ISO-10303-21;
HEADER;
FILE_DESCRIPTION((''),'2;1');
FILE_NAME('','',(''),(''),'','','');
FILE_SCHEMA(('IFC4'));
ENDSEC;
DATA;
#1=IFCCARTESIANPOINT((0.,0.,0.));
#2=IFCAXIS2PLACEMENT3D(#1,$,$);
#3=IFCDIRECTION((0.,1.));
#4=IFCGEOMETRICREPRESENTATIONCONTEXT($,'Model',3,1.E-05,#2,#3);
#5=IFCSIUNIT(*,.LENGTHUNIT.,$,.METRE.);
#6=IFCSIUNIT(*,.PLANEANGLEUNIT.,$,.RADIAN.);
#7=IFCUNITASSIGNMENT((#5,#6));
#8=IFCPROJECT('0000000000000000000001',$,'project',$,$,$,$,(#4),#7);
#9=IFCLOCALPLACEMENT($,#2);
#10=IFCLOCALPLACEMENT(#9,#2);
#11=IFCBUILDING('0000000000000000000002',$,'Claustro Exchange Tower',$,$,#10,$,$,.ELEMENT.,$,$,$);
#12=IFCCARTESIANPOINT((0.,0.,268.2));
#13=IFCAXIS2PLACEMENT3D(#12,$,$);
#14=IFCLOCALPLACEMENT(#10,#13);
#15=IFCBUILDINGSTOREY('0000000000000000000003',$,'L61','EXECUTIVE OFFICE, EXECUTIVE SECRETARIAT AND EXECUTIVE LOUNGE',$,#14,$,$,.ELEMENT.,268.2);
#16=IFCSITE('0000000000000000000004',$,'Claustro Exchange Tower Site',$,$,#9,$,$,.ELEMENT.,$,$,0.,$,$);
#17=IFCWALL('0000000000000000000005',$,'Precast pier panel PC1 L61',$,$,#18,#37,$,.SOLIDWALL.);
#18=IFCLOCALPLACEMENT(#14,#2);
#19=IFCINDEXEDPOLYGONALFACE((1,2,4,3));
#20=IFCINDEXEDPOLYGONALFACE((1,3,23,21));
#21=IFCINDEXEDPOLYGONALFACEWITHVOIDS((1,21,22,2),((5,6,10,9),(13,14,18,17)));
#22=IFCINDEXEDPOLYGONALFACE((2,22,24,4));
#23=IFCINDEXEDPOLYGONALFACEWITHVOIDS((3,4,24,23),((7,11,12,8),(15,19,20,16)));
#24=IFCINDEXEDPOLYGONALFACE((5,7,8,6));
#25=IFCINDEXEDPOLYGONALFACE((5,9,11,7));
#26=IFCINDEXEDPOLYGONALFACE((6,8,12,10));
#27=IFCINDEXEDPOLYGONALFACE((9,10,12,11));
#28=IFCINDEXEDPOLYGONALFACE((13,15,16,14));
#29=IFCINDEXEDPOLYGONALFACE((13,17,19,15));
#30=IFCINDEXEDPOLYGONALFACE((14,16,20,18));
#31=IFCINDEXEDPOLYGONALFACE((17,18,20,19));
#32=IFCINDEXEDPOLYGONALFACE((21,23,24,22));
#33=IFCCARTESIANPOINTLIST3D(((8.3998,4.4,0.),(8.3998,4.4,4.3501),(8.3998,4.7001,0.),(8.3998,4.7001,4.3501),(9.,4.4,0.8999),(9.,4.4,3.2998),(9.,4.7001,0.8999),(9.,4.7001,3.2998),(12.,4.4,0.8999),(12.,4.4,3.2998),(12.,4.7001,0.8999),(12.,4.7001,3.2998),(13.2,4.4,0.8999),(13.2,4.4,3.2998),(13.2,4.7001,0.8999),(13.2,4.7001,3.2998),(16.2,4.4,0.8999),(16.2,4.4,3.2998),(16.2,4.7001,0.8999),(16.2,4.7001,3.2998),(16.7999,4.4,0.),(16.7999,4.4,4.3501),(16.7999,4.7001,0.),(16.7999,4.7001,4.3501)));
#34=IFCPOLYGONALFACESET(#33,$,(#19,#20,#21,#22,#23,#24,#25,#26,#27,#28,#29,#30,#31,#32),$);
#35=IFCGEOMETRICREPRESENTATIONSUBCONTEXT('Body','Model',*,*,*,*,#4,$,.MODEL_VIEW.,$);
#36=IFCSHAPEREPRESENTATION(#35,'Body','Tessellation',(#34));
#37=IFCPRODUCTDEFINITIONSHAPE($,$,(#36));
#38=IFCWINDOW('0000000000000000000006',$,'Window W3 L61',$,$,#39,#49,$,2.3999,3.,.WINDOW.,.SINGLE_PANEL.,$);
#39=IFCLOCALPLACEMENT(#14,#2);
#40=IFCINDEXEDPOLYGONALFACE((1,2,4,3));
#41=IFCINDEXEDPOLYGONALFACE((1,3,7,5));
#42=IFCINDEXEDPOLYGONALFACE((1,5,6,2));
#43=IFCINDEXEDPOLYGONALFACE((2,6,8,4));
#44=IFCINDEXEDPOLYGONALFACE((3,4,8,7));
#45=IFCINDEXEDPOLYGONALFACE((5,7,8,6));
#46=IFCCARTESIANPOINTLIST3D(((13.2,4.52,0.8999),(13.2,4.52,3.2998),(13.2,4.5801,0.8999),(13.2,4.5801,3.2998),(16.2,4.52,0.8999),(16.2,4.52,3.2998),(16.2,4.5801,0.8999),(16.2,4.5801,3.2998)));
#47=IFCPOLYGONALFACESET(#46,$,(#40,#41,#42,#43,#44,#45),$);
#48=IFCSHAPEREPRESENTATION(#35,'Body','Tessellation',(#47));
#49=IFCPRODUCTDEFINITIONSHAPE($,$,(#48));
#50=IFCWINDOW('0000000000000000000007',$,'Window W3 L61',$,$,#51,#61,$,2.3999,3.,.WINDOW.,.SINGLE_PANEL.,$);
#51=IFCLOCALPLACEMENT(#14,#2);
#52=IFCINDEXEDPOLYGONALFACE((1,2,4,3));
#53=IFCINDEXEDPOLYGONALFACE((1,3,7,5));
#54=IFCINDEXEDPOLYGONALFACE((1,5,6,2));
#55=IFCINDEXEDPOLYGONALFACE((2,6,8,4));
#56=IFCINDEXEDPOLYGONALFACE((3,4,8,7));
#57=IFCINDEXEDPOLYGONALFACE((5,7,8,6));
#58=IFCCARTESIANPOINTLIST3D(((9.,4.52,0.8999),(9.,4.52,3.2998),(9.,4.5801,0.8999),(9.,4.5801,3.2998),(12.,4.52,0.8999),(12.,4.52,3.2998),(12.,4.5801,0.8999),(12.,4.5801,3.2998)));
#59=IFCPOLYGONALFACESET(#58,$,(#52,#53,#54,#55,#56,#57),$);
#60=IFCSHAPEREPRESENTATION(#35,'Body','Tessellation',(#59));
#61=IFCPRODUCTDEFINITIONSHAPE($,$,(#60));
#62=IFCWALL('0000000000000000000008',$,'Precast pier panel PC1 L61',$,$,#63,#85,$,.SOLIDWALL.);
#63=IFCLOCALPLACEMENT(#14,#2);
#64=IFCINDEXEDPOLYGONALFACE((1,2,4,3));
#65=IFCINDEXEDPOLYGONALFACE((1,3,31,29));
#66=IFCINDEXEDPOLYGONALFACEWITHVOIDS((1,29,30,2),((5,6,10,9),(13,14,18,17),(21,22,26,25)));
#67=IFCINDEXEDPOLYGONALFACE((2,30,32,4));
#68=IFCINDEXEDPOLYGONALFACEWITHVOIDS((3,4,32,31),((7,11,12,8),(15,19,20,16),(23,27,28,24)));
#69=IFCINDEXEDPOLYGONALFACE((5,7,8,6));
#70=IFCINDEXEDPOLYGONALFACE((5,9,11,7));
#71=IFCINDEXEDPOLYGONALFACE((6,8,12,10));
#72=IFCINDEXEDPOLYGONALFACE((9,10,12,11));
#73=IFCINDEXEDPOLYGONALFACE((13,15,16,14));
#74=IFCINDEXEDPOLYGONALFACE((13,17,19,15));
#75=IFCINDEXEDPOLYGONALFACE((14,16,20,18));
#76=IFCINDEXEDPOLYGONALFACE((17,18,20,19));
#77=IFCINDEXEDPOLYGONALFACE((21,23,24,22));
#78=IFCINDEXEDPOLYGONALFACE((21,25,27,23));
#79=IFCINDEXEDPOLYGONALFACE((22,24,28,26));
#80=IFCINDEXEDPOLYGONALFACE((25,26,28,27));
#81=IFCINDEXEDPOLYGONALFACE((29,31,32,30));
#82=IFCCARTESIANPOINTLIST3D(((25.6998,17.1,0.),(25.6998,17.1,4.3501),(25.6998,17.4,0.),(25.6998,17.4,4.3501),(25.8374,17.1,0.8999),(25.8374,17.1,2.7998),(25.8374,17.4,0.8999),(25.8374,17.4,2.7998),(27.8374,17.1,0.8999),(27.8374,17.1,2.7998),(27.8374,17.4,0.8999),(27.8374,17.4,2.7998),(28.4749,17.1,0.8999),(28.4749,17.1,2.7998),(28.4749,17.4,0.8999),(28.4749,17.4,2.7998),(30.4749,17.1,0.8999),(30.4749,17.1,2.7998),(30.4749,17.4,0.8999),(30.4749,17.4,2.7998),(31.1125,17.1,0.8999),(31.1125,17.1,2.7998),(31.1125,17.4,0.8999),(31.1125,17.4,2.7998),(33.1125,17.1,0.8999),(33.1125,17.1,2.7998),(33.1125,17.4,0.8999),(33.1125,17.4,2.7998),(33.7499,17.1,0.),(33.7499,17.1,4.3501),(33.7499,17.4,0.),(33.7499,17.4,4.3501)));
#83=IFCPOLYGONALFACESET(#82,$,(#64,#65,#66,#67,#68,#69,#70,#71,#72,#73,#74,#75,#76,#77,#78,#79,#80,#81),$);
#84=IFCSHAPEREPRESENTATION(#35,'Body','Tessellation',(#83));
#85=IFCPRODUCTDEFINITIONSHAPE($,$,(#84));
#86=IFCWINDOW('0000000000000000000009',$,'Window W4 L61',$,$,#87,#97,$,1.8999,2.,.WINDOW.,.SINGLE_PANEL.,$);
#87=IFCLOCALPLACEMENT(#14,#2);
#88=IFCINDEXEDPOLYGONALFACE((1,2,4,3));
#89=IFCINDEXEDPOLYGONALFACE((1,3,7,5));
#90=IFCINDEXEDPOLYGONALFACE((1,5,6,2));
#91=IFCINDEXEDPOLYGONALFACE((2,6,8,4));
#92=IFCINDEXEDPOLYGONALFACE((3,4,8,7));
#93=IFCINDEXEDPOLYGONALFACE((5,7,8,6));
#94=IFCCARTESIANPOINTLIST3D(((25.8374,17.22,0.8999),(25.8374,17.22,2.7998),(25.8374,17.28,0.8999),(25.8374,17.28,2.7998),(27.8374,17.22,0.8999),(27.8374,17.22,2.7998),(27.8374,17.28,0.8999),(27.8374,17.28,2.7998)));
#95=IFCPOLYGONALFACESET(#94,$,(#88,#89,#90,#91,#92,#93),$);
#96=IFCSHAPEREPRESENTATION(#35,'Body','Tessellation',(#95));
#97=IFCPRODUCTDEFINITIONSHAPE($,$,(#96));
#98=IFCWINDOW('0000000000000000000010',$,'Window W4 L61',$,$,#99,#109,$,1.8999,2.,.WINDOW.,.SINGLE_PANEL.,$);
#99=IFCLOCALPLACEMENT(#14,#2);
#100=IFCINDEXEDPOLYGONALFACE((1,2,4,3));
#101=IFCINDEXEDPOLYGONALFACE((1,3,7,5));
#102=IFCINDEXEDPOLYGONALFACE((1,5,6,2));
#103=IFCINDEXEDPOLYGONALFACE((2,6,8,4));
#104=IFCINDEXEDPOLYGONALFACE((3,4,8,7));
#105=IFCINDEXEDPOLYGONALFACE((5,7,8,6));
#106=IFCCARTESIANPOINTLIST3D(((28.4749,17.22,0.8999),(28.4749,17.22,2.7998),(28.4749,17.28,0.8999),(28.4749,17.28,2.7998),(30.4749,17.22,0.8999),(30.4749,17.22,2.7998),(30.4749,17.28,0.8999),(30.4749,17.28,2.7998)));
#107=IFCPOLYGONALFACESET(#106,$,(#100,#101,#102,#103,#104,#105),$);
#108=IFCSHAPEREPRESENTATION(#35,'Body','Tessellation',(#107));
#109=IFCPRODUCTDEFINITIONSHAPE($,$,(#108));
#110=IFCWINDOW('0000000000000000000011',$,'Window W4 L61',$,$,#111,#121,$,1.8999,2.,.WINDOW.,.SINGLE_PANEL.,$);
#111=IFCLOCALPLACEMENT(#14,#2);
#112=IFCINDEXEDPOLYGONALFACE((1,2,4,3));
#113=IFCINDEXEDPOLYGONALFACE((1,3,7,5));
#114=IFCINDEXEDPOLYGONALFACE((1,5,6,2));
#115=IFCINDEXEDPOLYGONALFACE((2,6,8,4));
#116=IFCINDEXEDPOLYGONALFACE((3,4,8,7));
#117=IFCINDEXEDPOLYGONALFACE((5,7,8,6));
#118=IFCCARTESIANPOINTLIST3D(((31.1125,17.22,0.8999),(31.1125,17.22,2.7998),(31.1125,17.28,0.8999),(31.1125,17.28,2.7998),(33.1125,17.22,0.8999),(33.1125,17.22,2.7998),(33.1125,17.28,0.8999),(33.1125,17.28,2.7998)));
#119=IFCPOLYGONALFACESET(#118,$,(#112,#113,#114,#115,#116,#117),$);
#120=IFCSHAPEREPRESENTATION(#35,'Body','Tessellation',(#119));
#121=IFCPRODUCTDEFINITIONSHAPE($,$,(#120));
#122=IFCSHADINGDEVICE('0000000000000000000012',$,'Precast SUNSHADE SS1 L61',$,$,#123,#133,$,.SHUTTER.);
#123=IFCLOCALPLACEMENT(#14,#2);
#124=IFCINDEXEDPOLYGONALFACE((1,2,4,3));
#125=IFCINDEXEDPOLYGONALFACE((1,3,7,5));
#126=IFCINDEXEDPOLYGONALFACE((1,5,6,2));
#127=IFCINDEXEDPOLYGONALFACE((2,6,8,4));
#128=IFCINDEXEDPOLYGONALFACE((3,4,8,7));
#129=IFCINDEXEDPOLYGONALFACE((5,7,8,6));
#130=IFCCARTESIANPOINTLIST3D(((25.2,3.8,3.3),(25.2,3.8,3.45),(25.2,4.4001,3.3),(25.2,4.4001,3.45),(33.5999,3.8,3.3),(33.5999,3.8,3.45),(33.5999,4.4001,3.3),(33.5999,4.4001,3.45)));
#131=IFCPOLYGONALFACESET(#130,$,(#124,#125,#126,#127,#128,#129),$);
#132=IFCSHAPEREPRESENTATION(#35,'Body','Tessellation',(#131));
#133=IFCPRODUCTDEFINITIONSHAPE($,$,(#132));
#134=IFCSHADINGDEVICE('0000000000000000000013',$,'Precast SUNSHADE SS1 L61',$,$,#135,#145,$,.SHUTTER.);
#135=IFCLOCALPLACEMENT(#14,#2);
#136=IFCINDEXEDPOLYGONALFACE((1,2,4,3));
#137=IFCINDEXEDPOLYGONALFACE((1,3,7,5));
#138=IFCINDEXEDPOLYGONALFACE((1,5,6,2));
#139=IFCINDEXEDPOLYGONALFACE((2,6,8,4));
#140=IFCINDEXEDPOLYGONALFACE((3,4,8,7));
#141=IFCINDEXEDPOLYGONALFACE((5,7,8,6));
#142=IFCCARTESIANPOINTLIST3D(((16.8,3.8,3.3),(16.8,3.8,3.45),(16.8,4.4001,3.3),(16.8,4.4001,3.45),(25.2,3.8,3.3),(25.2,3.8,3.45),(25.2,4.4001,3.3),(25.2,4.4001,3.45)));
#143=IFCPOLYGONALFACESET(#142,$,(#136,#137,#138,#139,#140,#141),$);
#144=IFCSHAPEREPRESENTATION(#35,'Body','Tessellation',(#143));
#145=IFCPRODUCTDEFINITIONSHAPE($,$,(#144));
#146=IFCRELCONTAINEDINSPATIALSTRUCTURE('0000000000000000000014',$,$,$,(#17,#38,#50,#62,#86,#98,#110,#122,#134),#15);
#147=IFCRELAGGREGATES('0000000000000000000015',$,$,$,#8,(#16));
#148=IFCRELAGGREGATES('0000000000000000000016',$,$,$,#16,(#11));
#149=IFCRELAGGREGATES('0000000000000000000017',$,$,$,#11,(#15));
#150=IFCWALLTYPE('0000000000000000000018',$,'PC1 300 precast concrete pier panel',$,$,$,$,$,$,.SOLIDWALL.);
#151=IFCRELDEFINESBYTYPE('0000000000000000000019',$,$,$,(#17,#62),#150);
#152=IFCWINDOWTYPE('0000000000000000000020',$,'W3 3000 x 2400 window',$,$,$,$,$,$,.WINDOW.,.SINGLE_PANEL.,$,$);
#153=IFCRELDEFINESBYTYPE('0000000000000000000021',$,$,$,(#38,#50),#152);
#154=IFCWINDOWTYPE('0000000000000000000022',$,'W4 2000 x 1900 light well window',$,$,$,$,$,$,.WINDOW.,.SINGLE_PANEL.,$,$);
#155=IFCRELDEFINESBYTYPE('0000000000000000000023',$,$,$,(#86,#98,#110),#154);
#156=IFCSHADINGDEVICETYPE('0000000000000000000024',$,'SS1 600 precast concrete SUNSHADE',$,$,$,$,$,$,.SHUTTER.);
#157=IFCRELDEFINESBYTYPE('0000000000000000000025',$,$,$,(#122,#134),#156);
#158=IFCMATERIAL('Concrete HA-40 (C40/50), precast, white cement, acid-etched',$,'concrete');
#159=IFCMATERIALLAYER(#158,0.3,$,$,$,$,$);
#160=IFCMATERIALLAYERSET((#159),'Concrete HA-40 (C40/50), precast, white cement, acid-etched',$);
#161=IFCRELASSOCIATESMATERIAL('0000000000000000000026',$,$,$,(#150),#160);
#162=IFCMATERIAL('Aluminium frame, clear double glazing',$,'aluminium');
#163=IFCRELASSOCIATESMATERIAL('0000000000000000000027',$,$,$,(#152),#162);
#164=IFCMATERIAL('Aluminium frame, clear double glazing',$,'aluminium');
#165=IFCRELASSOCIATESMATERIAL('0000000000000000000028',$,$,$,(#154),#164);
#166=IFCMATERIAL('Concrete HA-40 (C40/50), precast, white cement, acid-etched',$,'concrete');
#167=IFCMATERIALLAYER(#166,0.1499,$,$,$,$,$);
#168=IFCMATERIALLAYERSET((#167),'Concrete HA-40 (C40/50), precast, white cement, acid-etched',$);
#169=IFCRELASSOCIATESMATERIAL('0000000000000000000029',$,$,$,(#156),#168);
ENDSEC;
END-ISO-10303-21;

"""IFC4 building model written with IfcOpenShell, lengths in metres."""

from ifc_helpers import new_model, si_unit, direction, frame, frame_2d, origin, origin_2d, place, context, subcontext, project, spatial, rectangle, extrude, material, layer, layer_set, type_object, element, fill, save


model = new_model("IFC4")

# Units and contexts
model_context = context("Model", 3, precision=1e-05, world=origin(), true_north=direction((0.0, 1.0)))
body_context = subcontext(model_context, "Body", "Model", "MODEL_VIEW")
ifc_project = project(units=[si_unit("LENGTHUNIT", "METRE"), si_unit("PLANEANGLEUNIT", "RADIAN")], contexts=[model_context])

# Site, building, storey
site_placement = place(None, origin())
site = spatial("IfcSite", under=ifc_project, at=site_placement, Name="Claustro Exchange Tower Site", CompositionType="ELEMENT", RefElevation=0.0)
building_placement = place(site_placement, origin())
building = spatial("IfcBuilding", under=site, at=building_placement, Name="Claustro Exchange Tower", CompositionType="ELEMENT")
storey_placement = place(building_placement, frame((0.0, 0.0, 268.2)))
storey = spatial("IfcBuildingStorey", under=building, at=storey_placement, Name="L61", Description="EXECUTIVE OFFICE, EXECUTIVE SECRETARIAT AND EXECUTIVE LOUNGE", CompositionType="ELEMENT", Elevation=268.2)

# Walls, openings, windows
ifc_material_1 = material(Name="Concrete HA-40 (C40/50), precast, white cement, acid-etched", Category="concrete")
ifc_layer_1 = layer(ifc_material_1, 0.3)
ifc_layer_set_1 = layer_set([ifc_layer_1], Name="Concrete HA-40 (C40/50), precast, white cement, acid-etched")
wall_type_1 = type_object("IfcWallType", Name="PC1 300 precast concrete pier panel", PredefinedType="SOLIDWALL", material=ifc_layer_set_1)
ifc_material_2 = material(Name="Aluminium frame, clear double glazing", Category="aluminium")
window_type_1 = type_object("IfcWindowType", Name="W3 3000 x 2400 window", PartitioningType="SINGLE_PANEL", PredefinedType="WINDOW", material=ifc_material_2)
wall_1_placement = place(storey_placement, frame((16.8, 4.55, 0.0), z_axis=(0.0, 0.0, 1.0), x_axis=(-1.0, 0.0, 0.0)))
wall_1 = element("IfcWall", 1, at=wall_1_placement, inside=storey, type_object=wall_type_1, Name="Precast pier panel PC1 L61", PredefinedType="SOLIDWALL", context=body_context, shape_type="SweptSolid", body=[
    extrude(rectangle(XDim=8.4001, YDim=0.3, at=frame_2d((4.2002, 0.0))), origin(), (0.0, 0.0, 1.0), 4.3501),
])
opening_1_placement = place(wall_1_placement, frame((0.6001, 0.0, 0.8999)))
opening_1 = element("IfcOpeningElement", 2, at=opening_1_placement, cuts=wall_1, PredefinedType="OPENING", context=body_context, shape_type="SweptSolid", body=[
    extrude(rectangle(XDim=3.0, YDim=2.3999, at=frame_2d((1.5, 1.2))), frame((0.0, 0.1599, 0.0), z_axis=(0.0, -1.0, 0.0), x_axis=(1.0, 0.0, 0.0)), (0.0, 0.0, 1.0), 0.3201),
])
opening_2_placement = place(wall_1_placement, frame((4.8, 0.0, 0.8999)))
opening_2 = element("IfcOpeningElement", 3, at=opening_2_placement, cuts=wall_1, PredefinedType="OPENING", context=body_context, shape_type="SweptSolid", body=[
    extrude(rectangle(XDim=3.0, YDim=2.3999, at=frame_2d((1.5, 1.2))), frame((0.0, 0.1599, 0.0), z_axis=(0.0, -1.0, 0.0), x_axis=(1.0, 0.0, 0.0)), (0.0, 0.0, 1.0), 0.3201),
])
window_1_placement = place(opening_1_placement, origin())
window_1 = element("IfcWindow", 4, at=window_1_placement, inside=storey, type_object=window_type_1, Name="Window W3 L61", OverallHeight=2.3999, OverallWidth=3.0, PartitioningType="SINGLE_PANEL", PredefinedType="WINDOW", context=body_context, shape_type="SweptSolid", body=[
    extrude(rectangle(XDim=3.0, YDim=2.3999, at=frame_2d((1.5, 1.2))), frame((0.0, 0.03, 0.0), z_axis=(0.0, -1.0, 0.0), x_axis=(1.0, 0.0, 0.0)), (0.0, 0.0, 1.0), 0.0601),
])
fill(opening_1, window_1)
window_2_placement = place(opening_2_placement, origin())
window_2 = element("IfcWindow", 5, at=window_2_placement, inside=storey, type_object=window_type_1, Name="Window W3 L61", OverallHeight=2.3999, OverallWidth=3.0, PartitioningType="SINGLE_PANEL", PredefinedType="WINDOW", context=body_context, shape_type="SweptSolid", body=[
    extrude(rectangle(XDim=3.0, YDim=2.3999, at=frame_2d((1.5, 1.2))), frame((0.0, 0.03, 0.0), z_axis=(0.0, -1.0, 0.0), x_axis=(1.0, 0.0, 0.0)), (0.0, 0.0, 1.0), 0.0601),
])
fill(opening_2, window_2)
wall_2_placement = place(storey_placement, frame((25.7, 17.25, 0.0), z_axis=(0.0, 0.0, 1.0), x_axis=(1.0, 0.0, 0.0)))
wall_2 = element("IfcWall", 6, at=wall_2_placement, inside=storey, type_object=wall_type_1, Name="Precast pier panel PC1 L61", PredefinedType="SOLIDWALL", context=body_context, shape_type="SweptSolid", body=[
    extrude(rectangle(XDim=8.05, YDim=0.3, at=frame_2d((4.0249, 0.0))), origin(), (0.0, 0.0, 1.0), 4.3501),
])
opening_3_placement = place(wall_2_placement, frame((0.1375, 0.0, 0.8999)))
opening_3 = element("IfcOpeningElement", 7, at=opening_3_placement, cuts=wall_2, PredefinedType="OPENING", context=body_context, shape_type="SweptSolid", body=[
    extrude(rectangle(XDim=2.0, YDim=1.8999, at=frame_2d((1.0, 0.95))), frame((0.0, 0.1599, 0.0), z_axis=(0.0, -1.0, 0.0), x_axis=(1.0, 0.0, 0.0)), (0.0, 0.0, 1.0), 0.3201),
])
opening_4_placement = place(wall_2_placement, frame((2.7749, 0.0, 0.8999)))
opening_4 = element("IfcOpeningElement", 8, at=opening_4_placement, cuts=wall_2, PredefinedType="OPENING", context=body_context, shape_type="SweptSolid", body=[
    extrude(rectangle(XDim=2.0, YDim=1.8999, at=frame_2d((1.0, 0.95))), frame((0.0, 0.1599, 0.0), z_axis=(0.0, -1.0, 0.0), x_axis=(1.0, 0.0, 0.0)), (0.0, 0.0, 1.0), 0.3201),
])
opening_5_placement = place(wall_2_placement, frame((5.4126, 0.0, 0.8999)))
opening_5 = element("IfcOpeningElement", 9, at=opening_5_placement, cuts=wall_2, PredefinedType="OPENING", context=body_context, shape_type="SweptSolid", body=[
    extrude(rectangle(XDim=2.0, YDim=1.8999, at=frame_2d((1.0, 0.95))), frame((0.0, 0.1599, 0.0), z_axis=(0.0, -1.0, 0.0), x_axis=(1.0, 0.0, 0.0)), (0.0, 0.0, 1.0), 0.3201),
])
ifc_material_3 = material(Name="Aluminium frame, clear double glazing", Category="aluminium")
window_type_2 = type_object("IfcWindowType", Name="W4 2000 x 1900 light well window", PartitioningType="SINGLE_PANEL", PredefinedType="WINDOW", material=ifc_material_3)
window_3_placement = place(opening_3_placement, origin())
window_3 = element("IfcWindow", 10, at=window_3_placement, inside=storey, type_object=window_type_2, Name="Window W4 L61", OverallHeight=1.8999, OverallWidth=2.0, PartitioningType="SINGLE_PANEL", PredefinedType="WINDOW", context=body_context, shape_type="SweptSolid", body=[
    extrude(rectangle(XDim=2.0, YDim=1.8999, at=frame_2d((1.0, 0.95))), frame((0.0, 0.03, 0.0), z_axis=(0.0, -1.0, 0.0), x_axis=(1.0, 0.0, 0.0)), (0.0, 0.0, 1.0), 0.0601),
])
fill(opening_3, window_3)
window_4_placement = place(opening_4_placement, origin())
window_4 = element("IfcWindow", 11, at=window_4_placement, inside=storey, type_object=window_type_2, Name="Window W4 L61", OverallHeight=1.8999, OverallWidth=2.0, PartitioningType="SINGLE_PANEL", PredefinedType="WINDOW", context=body_context, shape_type="SweptSolid", body=[
    extrude(rectangle(XDim=2.0, YDim=1.8999, at=frame_2d((1.0, 0.95))), frame((0.0, 0.03, 0.0), z_axis=(0.0, -1.0, 0.0), x_axis=(1.0, 0.0, 0.0)), (0.0, 0.0, 1.0), 0.0601),
])
fill(opening_4, window_4)
window_5_placement = place(opening_5_placement, origin())
window_5 = element("IfcWindow", 12, at=window_5_placement, inside=storey, type_object=window_type_2, Name="Window W4 L61", OverallHeight=1.8999, OverallWidth=2.0, PartitioningType="SINGLE_PANEL", PredefinedType="WINDOW", context=body_context, shape_type="SweptSolid", body=[
    extrude(rectangle(XDim=2.0, YDim=1.8999, at=frame_2d((1.0, 0.95))), frame((0.0, 0.03, 0.0), z_axis=(0.0, -1.0, 0.0), x_axis=(1.0, 0.0, 0.0)), (0.0, 0.0, 1.0), 0.0601),
])
fill(opening_5, window_5)

# Shading devices
ifc_material_4 = material(Name="Concrete HA-40 (C40/50), precast, white cement, acid-etched", Category="concrete")
ifc_layer_2 = layer(ifc_material_4, 0.1499)
ifc_layer_set_2 = layer_set([ifc_layer_2], Name="Concrete HA-40 (C40/50), precast, white cement, acid-etched")
shading_device_type = type_object("IfcShadingDeviceType", Name="SS1 600 precast concrete SUNSHADE", PredefinedType="SHUTTER", material=ifc_layer_set_2)
for number, where, z_axis, x_axis, name in (
    (13, (29.3999, 4.1001, 3.3), (0.0, 0.0, 1.0), (-1.0, 0.0, 0.0), "Precast SUNSHADE SS1 L61"),
    (14, (21.0, 4.1001, 3.3), (0.0, 0.0, 1.0), (-1.0, 0.0, 0.0), "Precast SUNSHADE SS1 L61"),
):
    element("IfcShadingDevice", number, at=place(storey_placement, frame(where, z_axis=z_axis, x_axis=x_axis)), inside=storey, type_object=shading_device_type, Name=name, PredefinedType="SHUTTER", context=body_context, shape_type="SweptSolid", body=[
        extrude(rectangle(XDim=8.3999, YDim=0.6001, at=origin_2d()), origin(), (0.0, 0.0, 1.0), 0.1499),
    ])

save(model, "model.ifc")
